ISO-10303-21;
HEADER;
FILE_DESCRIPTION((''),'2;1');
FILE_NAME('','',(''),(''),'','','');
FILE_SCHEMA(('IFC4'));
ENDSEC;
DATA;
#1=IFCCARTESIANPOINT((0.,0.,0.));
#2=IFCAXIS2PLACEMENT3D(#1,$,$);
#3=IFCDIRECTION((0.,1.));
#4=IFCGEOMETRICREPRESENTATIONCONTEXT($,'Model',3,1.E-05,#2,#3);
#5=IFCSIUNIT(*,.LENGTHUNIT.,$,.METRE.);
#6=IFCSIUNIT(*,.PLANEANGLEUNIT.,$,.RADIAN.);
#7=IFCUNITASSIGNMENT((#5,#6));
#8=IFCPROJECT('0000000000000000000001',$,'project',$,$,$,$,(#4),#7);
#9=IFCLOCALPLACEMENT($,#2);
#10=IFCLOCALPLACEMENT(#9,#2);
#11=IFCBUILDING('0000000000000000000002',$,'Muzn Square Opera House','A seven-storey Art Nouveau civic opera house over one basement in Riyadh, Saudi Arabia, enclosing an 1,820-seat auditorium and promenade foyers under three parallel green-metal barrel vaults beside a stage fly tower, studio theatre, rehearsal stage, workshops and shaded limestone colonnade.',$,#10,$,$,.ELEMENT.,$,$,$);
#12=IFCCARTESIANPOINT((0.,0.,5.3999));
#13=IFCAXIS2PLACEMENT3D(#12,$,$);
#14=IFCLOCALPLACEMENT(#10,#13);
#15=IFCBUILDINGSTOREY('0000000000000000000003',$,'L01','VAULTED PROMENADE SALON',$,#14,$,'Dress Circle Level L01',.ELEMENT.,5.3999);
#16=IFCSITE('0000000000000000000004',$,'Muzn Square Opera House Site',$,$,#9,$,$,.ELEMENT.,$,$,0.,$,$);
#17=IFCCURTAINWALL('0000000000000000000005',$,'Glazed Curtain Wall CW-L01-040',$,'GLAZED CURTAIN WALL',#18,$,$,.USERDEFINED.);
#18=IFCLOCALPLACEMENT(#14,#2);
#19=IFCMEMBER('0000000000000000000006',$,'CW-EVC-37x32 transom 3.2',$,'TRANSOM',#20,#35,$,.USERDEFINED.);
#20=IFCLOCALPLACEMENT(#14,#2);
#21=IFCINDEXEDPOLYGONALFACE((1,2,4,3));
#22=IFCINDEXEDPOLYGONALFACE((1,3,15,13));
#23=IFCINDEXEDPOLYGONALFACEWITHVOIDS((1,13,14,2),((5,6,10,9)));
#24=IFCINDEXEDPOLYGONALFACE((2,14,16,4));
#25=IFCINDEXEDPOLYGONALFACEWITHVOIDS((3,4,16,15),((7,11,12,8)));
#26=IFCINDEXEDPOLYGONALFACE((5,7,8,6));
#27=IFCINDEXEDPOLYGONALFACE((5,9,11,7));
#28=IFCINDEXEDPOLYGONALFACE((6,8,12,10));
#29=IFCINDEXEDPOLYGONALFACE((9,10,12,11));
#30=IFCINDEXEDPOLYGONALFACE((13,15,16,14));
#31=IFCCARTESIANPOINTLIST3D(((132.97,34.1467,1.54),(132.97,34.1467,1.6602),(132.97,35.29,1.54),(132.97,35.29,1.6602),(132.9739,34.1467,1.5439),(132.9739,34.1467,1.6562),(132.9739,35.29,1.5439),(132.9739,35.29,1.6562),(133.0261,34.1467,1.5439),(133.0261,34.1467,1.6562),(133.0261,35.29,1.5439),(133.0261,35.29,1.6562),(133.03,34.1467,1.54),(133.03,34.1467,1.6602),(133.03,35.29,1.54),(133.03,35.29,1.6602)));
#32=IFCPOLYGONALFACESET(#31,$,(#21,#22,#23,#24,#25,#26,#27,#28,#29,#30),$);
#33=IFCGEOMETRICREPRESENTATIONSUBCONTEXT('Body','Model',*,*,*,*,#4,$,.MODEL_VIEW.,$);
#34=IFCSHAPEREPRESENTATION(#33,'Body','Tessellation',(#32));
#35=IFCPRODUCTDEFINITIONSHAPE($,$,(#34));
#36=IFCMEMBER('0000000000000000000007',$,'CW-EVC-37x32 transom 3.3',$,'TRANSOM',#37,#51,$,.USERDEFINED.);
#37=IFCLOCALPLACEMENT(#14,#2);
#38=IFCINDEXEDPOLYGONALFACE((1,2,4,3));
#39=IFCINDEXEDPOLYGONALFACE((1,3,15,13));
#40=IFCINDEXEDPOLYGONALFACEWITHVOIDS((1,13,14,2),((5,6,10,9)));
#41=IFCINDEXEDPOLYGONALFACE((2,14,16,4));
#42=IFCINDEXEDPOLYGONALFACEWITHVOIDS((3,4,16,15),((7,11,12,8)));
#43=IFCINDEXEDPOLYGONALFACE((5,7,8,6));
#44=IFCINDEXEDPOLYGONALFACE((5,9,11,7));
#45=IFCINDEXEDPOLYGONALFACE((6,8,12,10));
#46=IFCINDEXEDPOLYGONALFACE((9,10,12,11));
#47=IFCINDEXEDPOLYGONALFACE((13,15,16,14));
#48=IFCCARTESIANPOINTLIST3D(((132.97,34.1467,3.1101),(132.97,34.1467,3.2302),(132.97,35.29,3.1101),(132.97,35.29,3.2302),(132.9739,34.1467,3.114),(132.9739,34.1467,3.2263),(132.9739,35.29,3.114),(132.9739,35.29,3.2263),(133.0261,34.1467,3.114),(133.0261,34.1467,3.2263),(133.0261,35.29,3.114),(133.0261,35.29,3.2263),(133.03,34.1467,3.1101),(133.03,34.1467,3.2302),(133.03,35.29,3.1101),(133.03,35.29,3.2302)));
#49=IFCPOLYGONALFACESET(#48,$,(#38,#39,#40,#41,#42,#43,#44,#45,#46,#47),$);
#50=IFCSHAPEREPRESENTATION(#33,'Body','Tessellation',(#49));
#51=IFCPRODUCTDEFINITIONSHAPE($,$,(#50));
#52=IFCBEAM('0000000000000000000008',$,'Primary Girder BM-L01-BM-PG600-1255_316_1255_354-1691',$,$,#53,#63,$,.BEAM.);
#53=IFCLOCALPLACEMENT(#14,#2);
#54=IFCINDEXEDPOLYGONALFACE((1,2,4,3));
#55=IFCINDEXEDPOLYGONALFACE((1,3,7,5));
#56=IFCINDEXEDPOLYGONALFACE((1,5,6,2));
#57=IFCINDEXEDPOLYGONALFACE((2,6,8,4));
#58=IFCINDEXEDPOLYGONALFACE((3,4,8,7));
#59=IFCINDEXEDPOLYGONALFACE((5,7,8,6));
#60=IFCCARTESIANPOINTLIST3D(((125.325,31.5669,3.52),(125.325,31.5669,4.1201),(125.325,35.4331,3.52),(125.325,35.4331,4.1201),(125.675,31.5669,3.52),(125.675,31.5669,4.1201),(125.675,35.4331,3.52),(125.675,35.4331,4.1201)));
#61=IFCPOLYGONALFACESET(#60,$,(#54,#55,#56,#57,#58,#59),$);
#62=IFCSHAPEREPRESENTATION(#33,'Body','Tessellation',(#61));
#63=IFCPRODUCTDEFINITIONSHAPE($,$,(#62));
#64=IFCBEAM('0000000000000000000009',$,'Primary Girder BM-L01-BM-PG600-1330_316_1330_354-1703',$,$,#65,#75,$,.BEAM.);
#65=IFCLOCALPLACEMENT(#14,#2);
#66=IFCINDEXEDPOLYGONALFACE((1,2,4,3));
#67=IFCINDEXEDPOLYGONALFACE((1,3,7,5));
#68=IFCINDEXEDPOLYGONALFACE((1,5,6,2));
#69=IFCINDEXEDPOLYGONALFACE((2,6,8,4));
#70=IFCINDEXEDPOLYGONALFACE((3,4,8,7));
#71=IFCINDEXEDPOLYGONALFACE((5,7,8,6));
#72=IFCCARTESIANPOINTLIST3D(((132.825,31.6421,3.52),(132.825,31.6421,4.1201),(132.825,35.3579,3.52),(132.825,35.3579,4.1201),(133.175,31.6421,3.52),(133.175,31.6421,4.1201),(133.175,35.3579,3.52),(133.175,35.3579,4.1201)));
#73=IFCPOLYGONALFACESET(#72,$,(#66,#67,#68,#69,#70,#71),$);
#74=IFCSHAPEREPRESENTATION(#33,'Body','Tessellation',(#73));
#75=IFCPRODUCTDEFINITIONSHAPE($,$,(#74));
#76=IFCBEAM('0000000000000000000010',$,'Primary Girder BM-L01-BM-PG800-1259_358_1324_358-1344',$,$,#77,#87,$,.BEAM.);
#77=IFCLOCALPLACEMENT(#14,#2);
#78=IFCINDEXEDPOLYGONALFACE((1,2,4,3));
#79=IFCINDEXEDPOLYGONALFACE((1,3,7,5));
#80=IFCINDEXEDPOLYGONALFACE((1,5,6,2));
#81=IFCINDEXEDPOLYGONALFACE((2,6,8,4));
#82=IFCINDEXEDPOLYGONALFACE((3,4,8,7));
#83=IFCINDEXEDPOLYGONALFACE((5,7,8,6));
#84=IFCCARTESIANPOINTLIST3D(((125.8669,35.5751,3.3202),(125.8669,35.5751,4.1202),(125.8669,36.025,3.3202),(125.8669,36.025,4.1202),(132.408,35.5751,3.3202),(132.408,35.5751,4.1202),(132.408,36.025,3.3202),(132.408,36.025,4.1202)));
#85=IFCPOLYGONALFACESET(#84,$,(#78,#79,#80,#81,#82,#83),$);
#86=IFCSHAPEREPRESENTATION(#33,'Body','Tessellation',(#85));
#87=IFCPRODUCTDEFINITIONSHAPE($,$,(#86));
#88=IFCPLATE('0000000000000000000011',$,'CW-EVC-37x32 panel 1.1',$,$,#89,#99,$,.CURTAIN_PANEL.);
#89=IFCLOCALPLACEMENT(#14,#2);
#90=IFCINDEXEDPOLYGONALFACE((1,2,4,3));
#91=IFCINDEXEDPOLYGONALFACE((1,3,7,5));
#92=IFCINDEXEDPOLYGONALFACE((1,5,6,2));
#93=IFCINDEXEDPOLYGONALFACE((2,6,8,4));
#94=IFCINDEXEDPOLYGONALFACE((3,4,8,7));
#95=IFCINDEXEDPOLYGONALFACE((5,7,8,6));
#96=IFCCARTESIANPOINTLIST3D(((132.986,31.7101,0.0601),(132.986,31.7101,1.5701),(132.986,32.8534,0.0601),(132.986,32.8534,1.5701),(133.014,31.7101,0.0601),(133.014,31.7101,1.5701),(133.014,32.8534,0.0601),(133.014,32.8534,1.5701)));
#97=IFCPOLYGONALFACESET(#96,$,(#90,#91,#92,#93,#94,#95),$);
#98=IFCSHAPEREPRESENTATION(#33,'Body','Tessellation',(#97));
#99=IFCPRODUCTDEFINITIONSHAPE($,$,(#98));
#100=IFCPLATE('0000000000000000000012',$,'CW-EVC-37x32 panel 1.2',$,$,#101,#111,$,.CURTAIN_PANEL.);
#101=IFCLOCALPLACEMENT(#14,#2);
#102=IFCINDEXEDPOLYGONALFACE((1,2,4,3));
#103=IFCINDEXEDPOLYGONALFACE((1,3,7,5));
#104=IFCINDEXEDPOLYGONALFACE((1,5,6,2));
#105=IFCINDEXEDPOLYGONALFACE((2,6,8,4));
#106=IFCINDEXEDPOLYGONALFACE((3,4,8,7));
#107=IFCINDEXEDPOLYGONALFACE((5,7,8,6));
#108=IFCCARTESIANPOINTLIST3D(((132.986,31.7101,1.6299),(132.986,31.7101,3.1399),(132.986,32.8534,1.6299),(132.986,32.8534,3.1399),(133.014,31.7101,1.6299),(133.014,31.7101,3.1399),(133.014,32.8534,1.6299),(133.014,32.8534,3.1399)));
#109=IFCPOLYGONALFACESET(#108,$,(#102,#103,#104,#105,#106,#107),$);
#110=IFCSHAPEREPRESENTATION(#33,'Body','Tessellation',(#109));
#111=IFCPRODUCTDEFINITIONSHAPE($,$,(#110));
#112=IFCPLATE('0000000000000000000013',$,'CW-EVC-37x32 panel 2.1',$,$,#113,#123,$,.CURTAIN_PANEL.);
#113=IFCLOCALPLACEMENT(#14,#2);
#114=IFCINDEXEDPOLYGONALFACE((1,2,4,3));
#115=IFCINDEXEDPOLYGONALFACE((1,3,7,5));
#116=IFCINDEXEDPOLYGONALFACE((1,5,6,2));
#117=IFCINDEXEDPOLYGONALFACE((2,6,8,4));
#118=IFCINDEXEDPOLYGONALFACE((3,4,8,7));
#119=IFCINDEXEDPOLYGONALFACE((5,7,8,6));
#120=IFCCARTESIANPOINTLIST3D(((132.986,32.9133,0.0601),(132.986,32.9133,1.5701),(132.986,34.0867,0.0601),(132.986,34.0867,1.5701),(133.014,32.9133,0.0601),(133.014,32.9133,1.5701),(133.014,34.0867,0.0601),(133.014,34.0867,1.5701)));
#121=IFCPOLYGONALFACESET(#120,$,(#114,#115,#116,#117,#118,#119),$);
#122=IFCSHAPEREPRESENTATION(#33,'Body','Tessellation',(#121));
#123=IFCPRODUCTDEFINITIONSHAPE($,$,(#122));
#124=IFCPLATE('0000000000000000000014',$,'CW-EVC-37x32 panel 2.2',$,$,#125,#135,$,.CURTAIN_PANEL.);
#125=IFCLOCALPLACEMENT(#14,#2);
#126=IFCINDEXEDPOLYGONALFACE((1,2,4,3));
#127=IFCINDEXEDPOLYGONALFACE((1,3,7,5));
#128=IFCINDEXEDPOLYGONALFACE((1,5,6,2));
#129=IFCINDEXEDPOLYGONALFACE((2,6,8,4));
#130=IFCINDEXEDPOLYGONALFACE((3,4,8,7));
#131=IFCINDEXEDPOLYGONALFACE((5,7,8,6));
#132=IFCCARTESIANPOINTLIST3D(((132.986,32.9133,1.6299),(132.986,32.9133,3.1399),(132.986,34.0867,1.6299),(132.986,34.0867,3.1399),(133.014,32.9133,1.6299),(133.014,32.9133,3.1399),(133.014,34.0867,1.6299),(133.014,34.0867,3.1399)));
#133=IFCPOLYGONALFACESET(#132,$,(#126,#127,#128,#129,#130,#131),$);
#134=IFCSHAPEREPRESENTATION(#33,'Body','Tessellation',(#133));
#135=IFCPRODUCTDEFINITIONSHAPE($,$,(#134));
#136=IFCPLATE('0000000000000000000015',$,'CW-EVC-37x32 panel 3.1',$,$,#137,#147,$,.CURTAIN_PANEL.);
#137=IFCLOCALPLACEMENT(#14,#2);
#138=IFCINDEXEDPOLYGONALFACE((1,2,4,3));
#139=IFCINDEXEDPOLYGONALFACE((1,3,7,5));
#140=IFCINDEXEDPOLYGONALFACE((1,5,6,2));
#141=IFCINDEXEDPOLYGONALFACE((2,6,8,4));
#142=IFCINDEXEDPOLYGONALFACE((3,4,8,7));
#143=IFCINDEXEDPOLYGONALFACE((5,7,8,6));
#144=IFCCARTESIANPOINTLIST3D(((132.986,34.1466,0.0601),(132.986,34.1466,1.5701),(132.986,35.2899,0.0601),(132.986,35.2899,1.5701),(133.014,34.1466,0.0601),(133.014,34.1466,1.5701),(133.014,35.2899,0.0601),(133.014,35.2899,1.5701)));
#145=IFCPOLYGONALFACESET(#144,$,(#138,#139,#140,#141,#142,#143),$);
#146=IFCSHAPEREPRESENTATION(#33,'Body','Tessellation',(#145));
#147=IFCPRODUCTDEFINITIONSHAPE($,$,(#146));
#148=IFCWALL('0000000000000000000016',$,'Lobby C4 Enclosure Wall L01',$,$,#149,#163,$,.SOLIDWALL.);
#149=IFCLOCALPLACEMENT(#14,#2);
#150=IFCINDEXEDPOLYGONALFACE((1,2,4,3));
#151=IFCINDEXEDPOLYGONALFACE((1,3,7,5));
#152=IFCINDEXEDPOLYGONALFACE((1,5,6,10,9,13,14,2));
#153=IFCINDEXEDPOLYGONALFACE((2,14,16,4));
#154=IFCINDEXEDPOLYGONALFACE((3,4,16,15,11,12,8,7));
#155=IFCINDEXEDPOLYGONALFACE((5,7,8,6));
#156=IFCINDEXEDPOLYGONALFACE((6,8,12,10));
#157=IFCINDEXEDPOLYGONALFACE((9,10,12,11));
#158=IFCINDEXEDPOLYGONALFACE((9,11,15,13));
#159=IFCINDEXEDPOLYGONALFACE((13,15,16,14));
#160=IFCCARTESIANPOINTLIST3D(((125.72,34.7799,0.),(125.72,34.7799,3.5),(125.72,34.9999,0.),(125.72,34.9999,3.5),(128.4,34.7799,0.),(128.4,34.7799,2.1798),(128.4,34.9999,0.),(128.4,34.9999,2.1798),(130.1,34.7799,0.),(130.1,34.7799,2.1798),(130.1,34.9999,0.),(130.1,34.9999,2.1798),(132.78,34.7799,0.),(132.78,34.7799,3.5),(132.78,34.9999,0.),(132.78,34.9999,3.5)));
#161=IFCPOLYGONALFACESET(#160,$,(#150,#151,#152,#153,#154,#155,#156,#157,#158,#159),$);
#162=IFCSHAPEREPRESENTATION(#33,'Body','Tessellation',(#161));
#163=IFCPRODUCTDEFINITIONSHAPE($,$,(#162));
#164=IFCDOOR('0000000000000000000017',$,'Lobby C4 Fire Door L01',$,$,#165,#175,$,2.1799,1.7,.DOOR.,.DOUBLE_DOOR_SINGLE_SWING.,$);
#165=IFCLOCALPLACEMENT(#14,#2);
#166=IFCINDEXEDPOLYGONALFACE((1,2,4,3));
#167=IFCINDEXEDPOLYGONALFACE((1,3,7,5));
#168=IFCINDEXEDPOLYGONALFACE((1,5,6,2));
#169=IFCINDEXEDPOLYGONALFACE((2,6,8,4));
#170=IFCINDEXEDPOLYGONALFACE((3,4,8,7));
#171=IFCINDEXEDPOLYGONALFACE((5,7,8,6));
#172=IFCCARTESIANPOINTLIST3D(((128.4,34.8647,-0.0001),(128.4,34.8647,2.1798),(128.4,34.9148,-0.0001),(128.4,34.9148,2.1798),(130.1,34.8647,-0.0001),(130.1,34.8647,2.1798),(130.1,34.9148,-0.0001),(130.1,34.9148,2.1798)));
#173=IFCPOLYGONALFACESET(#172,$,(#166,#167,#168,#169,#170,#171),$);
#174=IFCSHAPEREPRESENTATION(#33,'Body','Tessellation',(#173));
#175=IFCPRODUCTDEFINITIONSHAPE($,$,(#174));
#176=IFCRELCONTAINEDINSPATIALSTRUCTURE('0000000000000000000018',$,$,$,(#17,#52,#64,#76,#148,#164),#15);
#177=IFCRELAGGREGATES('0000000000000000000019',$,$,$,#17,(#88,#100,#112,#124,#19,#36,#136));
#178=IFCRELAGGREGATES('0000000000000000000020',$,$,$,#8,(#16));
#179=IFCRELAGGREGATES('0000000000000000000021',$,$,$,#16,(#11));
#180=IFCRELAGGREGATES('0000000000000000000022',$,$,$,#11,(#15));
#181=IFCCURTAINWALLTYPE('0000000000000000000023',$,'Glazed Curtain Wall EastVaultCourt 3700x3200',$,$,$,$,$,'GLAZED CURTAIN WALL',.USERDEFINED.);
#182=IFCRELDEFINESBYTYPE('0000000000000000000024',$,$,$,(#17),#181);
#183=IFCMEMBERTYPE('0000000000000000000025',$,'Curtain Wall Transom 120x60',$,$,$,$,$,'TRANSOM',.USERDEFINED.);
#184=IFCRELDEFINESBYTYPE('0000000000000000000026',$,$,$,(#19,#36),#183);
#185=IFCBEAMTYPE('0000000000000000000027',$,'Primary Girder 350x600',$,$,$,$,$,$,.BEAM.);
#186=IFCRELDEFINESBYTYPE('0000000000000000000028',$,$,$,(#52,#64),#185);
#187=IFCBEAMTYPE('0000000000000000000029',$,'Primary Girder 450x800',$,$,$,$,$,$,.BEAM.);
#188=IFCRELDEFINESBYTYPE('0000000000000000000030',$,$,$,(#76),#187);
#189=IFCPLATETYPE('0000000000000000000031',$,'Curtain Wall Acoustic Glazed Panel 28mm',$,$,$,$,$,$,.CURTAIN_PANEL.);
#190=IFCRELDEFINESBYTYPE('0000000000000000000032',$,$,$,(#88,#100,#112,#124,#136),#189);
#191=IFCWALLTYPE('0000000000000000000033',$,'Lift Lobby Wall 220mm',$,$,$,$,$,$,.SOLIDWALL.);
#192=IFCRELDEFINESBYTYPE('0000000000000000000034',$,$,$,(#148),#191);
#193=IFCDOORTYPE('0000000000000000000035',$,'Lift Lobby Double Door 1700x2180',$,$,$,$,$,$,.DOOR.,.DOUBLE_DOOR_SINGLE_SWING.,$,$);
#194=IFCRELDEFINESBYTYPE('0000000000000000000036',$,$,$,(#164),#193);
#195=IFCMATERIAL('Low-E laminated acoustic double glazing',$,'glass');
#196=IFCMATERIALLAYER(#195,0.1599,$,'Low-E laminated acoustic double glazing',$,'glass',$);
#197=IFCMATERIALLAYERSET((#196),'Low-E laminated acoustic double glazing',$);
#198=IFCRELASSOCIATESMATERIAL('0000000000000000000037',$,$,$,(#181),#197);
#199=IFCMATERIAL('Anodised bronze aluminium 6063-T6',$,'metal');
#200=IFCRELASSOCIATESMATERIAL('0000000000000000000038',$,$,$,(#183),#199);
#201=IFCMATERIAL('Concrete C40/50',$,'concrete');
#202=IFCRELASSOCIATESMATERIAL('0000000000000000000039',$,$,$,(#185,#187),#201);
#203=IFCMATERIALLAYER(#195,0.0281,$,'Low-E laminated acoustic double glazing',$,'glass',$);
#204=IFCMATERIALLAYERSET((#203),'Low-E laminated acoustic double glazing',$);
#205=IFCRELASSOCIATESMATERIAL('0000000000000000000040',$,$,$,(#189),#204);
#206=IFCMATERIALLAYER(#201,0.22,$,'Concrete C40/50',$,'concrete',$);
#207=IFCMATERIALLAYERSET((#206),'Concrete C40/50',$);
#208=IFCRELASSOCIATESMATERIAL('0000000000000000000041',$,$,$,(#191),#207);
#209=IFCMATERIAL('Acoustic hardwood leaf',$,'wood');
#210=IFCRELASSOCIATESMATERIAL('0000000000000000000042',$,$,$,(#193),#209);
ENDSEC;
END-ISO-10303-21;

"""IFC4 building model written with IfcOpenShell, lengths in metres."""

from ifc_helpers import new_model, si_unit, direction, frame, frame_2d, origin, origin_2d, place, context, subcontext, project, spatial, rectangle, hollow_rectangle, extrude, material, layer, layer_set, material_profile, profile_set, type_object, element, fill, aggregate, save


model = new_model("IFC4")

# Units and contexts
model_context = context("Model", 3, precision=1e-05, world=origin(), true_north=direction((0.0, 1.0)))
body_context = subcontext(model_context, "Body", "Model", "MODEL_VIEW")
ifc_project = project(units=[si_unit("LENGTHUNIT", "METRE"), si_unit("PLANEANGLEUNIT", "RADIAN")], contexts=[model_context])

# Site, building, storey
site_placement = place(None, origin())
site = spatial("IfcSite", under=ifc_project, at=site_placement, Name="Muzn Square Opera House Site", CompositionType="ELEMENT", RefElevation=0.0)
building_placement = place(site_placement, origin())
building = spatial("IfcBuilding", under=site, at=building_placement, Name="Muzn Square Opera House", Description="A seven-storey Art Nouveau civic opera house over one basement in Riyadh, Saudi Arabia, enclosing an 1,820-seat auditorium and promenade foyers under three parallel green-metal barrel vaults beside a stage fly tower, studio theatre, rehearsal stage, workshops and shaded limestone colonnade.", CompositionType="ELEMENT")
storey_placement = place(building_placement, frame((0.0, 0.0, 5.3999)))
storey = spatial("IfcBuildingStorey", under=building, at=storey_placement, Name="L01", Description="VAULTED PROMENADE SALON", LongName="Dress Circle Level L01", CompositionType="ELEMENT", Elevation=5.3999)

# Curtain wall, members
ifc_material_1 = material(Name="Low-E laminated acoustic double glazing", Category="glass")
ifc_layer_1 = layer(ifc_material_1, 0.1599, Name="Low-E laminated acoustic double glazing", Category="glass")
ifc_layer_set_1 = layer_set([ifc_layer_1], Name="Low-E laminated acoustic double glazing")
curtain_wall_type = type_object("IfcCurtainWallType", Name="Glazed Curtain Wall EastVaultCourt 3700x3200", ElementType="GLAZED CURTAIN WALL", PredefinedType="USERDEFINED", material=ifc_layer_set_1)
curtain_wall_placement = place(storey_placement, origin())
curtain_wall = element("IfcCurtainWall", 1, at=curtain_wall_placement, inside=storey, type_object=curtain_wall_type, Name="Glazed Curtain Wall CW-L01-040", ObjectType="GLAZED CURTAIN WALL", PredefinedType="USERDEFINED")
ifc_material_2 = material(Name="Anodised bronze aluminium 6063-T6", Category="metal")
ifc_material_profile_1 = material_profile(ifc_material_2, hollow_rectangle(XDim=0.0601, YDim=0.1201, WallThickness=0.0039, at=origin_2d()), Name="ALU 120x60x4", Category="metal")
ifc_profile_set_1 = profile_set([ifc_material_profile_1], Name="Anodised bronze aluminium 6063-T6")
member_type_1 = type_object("IfcMemberType", Name="Curtain Wall Transom 120x60", ElementType="TRANSOM", PredefinedType="USERDEFINED", material=ifc_profile_set_1)
member_1_placement = place(storey_placement, frame((133.0, 34.1467, 1.6001), z_axis=(0.0, 1.0, 0.0), x_axis=(-1.0, 0.0, 0.0)))
member_1 = element("IfcMember", 2, at=member_1_placement, type_object=member_type_1, Name="CW-EVC-37x32 transom 3.2", ObjectType="TRANSOM", PredefinedType="USERDEFINED", context=body_context, shape_type="SweptSolid", body=[
    extrude(hollow_rectangle(XDim=0.0601, YDim=0.1201, WallThickness=0.0039, at=origin_2d()), origin(), (0.0, 0.0, 1.0), 1.1433),
])
member_2_placement = place(storey_placement, frame((133.0, 34.1467, 3.1702), z_axis=(0.0, 1.0, 0.0), x_axis=(-1.0, 0.0, 0.0)))
member_2 = element("IfcMember", 3, at=member_2_placement, type_object=member_type_1, Name="CW-EVC-37x32 transom 3.3", ObjectType="TRANSOM", PredefinedType="USERDEFINED", context=body_context, shape_type="SweptSolid", body=[
    extrude(hollow_rectangle(XDim=0.0601, YDim=0.1201, WallThickness=0.0039, at=origin_2d()), origin(), (0.0, 0.0, 1.0), 1.1433),
])

# Beams
ifc_material_3 = material(Name="Concrete C40/50", Category="concrete")
ifc_material_profile_2 = material_profile(ifc_material_3, rectangle(XDim=0.3501, YDim=0.6001, at=origin_2d()), Name="RCB 350x600", Category="concrete")
ifc_profile_set_2 = profile_set([ifc_material_profile_2], Name="Concrete C40/50")
beam_type_1 = type_object("IfcBeamType", Name="Primary Girder 350x600", PredefinedType="BEAM", material=ifc_profile_set_2)
beam_1_placement = place(storey_placement, frame((125.5, 31.5669, 3.8201), z_axis=(0.0, 1.0, 0.0), x_axis=(-1.0, 0.0, 0.0)))
element("IfcBeam", 4, at=beam_1_placement, inside=storey, type_object=beam_type_1, Name="Primary Girder BM-L01-BM-PG600-1255_316_1255_354-1691", PredefinedType="BEAM", context=body_context, shape_type="SweptSolid", body=[
    extrude(rectangle(XDim=0.3501, YDim=0.6001, at=origin_2d()), origin(), (0.0, 0.0, 1.0), 3.8662),
])
beam_2_placement = place(storey_placement, frame((133.0, 31.6421, 3.8201), z_axis=(0.0, 1.0, 0.0), x_axis=(-1.0, 0.0, 0.0)))
element("IfcBeam", 5, at=beam_2_placement, inside=storey, type_object=beam_type_1, Name="Primary Girder BM-L01-BM-PG600-1330_316_1330_354-1703", PredefinedType="BEAM", context=body_context, shape_type="SweptSolid", body=[
    extrude(rectangle(XDim=0.3501, YDim=0.6001, at=origin_2d()), origin(), (0.0, 0.0, 1.0), 3.7158),
])
ifc_material_profile_3 = material_profile(ifc_material_3, rectangle(XDim=0.45, YDim=0.8, at=origin_2d()), Name="RCB 450x800", Category="concrete")
ifc_profile_set_3 = profile_set([ifc_material_profile_3], Name="Concrete C40/50")
beam_type_2 = type_object("IfcBeamType", Name="Primary Girder 450x800", PredefinedType="BEAM", material=ifc_profile_set_3)
beam_3_placement = place(storey_placement, frame((125.8669, 35.8, 3.7202), z_axis=(1.0, 0.0, 0.0), x_axis=(0.0, 1.0, 0.0)))
element("IfcBeam", 6, at=beam_3_placement, inside=storey, type_object=beam_type_2, Name="Primary Girder BM-L01-BM-PG800-1259_358_1324_358-1344", PredefinedType="BEAM", context=body_context, shape_type="SweptSolid", body=[
    extrude(rectangle(XDim=0.45, YDim=0.8, at=origin_2d()), origin(), (0.0, 0.0, 1.0), 6.541),
])

# Plates
ifc_layer_2 = layer(ifc_material_1, 0.0281, Name="Low-E laminated acoustic double glazing", Category="glass")
ifc_layer_set_2 = layer_set([ifc_layer_2], Name="Low-E laminated acoustic double glazing")
plate_type = type_object("IfcPlateType", Name="Curtain Wall Acoustic Glazed Panel 28mm", PredefinedType="CURTAIN_PANEL", material=ifc_layer_set_2)
plate_1_placement = place(storey_placement, frame((133.0, 32.2817, 0.0601), z_axis=(0.0, 0.0, 1.0), x_axis=(0.0, 1.0, 0.0)))
plate_1 = element("IfcPlate", 7, at=plate_1_placement, type_object=plate_type, Name="CW-EVC-37x32 panel 1.1", PredefinedType="CURTAIN_PANEL", context=body_context, shape_type="SweptSolid", body=[
    extrude(rectangle(XDim=1.1433, YDim=0.0281, at=origin_2d()), origin(), (0.0, 0.0, 1.0), 1.51),
])
plate_2_placement = place(storey_placement, frame((133.0, 32.2817, 1.6299), z_axis=(0.0, 0.0, 1.0), x_axis=(0.0, 1.0, 0.0)))
plate_2 = element("IfcPlate", 8, at=plate_2_placement, type_object=plate_type, Name="CW-EVC-37x32 panel 1.2", PredefinedType="CURTAIN_PANEL", context=body_context, shape_type="SweptSolid", body=[
    extrude(rectangle(XDim=1.1433, YDim=0.0281, at=origin_2d()), origin(), (0.0, 0.0, 1.0), 1.51),
])
plate_3_placement = place(storey_placement, frame((133.0, 33.5, 0.0601), z_axis=(0.0, 0.0, 1.0), x_axis=(0.0, 1.0, 0.0)))
plate_3 = element("IfcPlate", 9, at=plate_3_placement, type_object=plate_type, Name="CW-EVC-37x32 panel 2.1", PredefinedType="CURTAIN_PANEL", context=body_context, shape_type="SweptSolid", body=[
    extrude(rectangle(XDim=1.1733, YDim=0.0281, at=origin_2d()), origin(), (0.0, 0.0, 1.0), 1.51),
])
plate_4_placement = place(storey_placement, frame((133.0, 33.5, 1.6299), z_axis=(0.0, 0.0, 1.0), x_axis=(0.0, 1.0, 0.0)))
plate_4 = element("IfcPlate", 10, at=plate_4_placement, type_object=plate_type, Name="CW-EVC-37x32 panel 2.2", PredefinedType="CURTAIN_PANEL", context=body_context, shape_type="SweptSolid", body=[
    extrude(rectangle(XDim=1.1733, YDim=0.0281, at=origin_2d()), origin(), (0.0, 0.0, 1.0), 1.51),
])
plate_5_placement = place(storey_placement, frame((133.0, 34.7183, 0.0601), z_axis=(0.0, 0.0, 1.0), x_axis=(0.0, 1.0, 0.0)))
plate_5 = element("IfcPlate", 11, at=plate_5_placement, type_object=plate_type, Name="CW-EVC-37x32 panel 3.1", PredefinedType="CURTAIN_PANEL", context=body_context, shape_type="SweptSolid", body=[
    extrude(rectangle(XDim=1.1433, YDim=0.0281, at=origin_2d()), origin(), (0.0, 0.0, 1.0), 1.51),
])
aggregate(curtain_wall, [plate_1, plate_2, plate_3, plate_4, member_1, member_2, plate_5])

# Wall, opening, door
ifc_layer_3 = layer(ifc_material_3, 0.22, Name="Concrete C40/50", Category="concrete")
ifc_layer_set_3 = layer_set([ifc_layer_3], Name="Concrete C40/50")
wall_type = type_object("IfcWallType", Name="Lift Lobby Wall 220mm", PredefinedType="SOLIDWALL", material=ifc_layer_set_3)
wall_placement = place(storey_placement, frame((125.72, 34.8899, 0.0), z_axis=(0.0, 0.0, 1.0), x_axis=(1.0, 0.0, 0.0)))
wall = element("IfcWall", 12, at=wall_placement, inside=storey, type_object=wall_type, Name="Lobby C4 Enclosure Wall L01", PredefinedType="SOLIDWALL", context=body_context, shape_type="SweptSolid", body=[
    extrude(rectangle(XDim=7.0601, YDim=0.22, at=frame_2d((3.53, 0.0))), origin(), (0.0, 0.0, 1.0), 3.5),
])
opening_placement = place(wall_placement, frame((2.6799, 0.0, 0.0)))
opening = element("IfcOpeningElement", 13, at=opening_placement, cuts=wall, PredefinedType="OPENING", context=body_context, shape_type="SweptSolid", body=[
    extrude(rectangle(XDim=1.7, YDim=2.1799, at=frame_2d((0.8501, 1.0898))), frame((0.0, 0.1199, 0.0), z_axis=(0.0, -1.0, 0.0), x_axis=(1.0, 0.0, 0.0)), (0.0, 0.0, 1.0), 0.24),
])
ifc_material_4 = material(Name="Acoustic hardwood leaf", Category="wood")
door_type = type_object("IfcDoorType", Name="Lift Lobby Double Door 1700x2180", OperationType="DOUBLE_DOOR_SINGLE_SWING", PredefinedType="DOOR", material=ifc_material_4)
door_placement = place(opening_placement, origin())
door = element("IfcDoor", 14, at=door_placement, inside=storey, type_object=door_type, Name="Lobby C4 Fire Door L01", OperationType="DOUBLE_DOOR_SINGLE_SWING", OverallHeight=2.1799, OverallWidth=1.7, PredefinedType="DOOR", context=body_context, shape_type="SweptSolid", body=[
    extrude(rectangle(XDim=1.7, YDim=2.1799, at=frame_2d((0.8501, 1.0898))), frame((0.0, 0.0249, 0.0), z_axis=(0.0, -1.0, 0.0), x_axis=(1.0, 0.0, 0.0)), (0.0, 0.0, 1.0), 0.05),
])
fill(opening, door)

save(model, "model.ifc")
